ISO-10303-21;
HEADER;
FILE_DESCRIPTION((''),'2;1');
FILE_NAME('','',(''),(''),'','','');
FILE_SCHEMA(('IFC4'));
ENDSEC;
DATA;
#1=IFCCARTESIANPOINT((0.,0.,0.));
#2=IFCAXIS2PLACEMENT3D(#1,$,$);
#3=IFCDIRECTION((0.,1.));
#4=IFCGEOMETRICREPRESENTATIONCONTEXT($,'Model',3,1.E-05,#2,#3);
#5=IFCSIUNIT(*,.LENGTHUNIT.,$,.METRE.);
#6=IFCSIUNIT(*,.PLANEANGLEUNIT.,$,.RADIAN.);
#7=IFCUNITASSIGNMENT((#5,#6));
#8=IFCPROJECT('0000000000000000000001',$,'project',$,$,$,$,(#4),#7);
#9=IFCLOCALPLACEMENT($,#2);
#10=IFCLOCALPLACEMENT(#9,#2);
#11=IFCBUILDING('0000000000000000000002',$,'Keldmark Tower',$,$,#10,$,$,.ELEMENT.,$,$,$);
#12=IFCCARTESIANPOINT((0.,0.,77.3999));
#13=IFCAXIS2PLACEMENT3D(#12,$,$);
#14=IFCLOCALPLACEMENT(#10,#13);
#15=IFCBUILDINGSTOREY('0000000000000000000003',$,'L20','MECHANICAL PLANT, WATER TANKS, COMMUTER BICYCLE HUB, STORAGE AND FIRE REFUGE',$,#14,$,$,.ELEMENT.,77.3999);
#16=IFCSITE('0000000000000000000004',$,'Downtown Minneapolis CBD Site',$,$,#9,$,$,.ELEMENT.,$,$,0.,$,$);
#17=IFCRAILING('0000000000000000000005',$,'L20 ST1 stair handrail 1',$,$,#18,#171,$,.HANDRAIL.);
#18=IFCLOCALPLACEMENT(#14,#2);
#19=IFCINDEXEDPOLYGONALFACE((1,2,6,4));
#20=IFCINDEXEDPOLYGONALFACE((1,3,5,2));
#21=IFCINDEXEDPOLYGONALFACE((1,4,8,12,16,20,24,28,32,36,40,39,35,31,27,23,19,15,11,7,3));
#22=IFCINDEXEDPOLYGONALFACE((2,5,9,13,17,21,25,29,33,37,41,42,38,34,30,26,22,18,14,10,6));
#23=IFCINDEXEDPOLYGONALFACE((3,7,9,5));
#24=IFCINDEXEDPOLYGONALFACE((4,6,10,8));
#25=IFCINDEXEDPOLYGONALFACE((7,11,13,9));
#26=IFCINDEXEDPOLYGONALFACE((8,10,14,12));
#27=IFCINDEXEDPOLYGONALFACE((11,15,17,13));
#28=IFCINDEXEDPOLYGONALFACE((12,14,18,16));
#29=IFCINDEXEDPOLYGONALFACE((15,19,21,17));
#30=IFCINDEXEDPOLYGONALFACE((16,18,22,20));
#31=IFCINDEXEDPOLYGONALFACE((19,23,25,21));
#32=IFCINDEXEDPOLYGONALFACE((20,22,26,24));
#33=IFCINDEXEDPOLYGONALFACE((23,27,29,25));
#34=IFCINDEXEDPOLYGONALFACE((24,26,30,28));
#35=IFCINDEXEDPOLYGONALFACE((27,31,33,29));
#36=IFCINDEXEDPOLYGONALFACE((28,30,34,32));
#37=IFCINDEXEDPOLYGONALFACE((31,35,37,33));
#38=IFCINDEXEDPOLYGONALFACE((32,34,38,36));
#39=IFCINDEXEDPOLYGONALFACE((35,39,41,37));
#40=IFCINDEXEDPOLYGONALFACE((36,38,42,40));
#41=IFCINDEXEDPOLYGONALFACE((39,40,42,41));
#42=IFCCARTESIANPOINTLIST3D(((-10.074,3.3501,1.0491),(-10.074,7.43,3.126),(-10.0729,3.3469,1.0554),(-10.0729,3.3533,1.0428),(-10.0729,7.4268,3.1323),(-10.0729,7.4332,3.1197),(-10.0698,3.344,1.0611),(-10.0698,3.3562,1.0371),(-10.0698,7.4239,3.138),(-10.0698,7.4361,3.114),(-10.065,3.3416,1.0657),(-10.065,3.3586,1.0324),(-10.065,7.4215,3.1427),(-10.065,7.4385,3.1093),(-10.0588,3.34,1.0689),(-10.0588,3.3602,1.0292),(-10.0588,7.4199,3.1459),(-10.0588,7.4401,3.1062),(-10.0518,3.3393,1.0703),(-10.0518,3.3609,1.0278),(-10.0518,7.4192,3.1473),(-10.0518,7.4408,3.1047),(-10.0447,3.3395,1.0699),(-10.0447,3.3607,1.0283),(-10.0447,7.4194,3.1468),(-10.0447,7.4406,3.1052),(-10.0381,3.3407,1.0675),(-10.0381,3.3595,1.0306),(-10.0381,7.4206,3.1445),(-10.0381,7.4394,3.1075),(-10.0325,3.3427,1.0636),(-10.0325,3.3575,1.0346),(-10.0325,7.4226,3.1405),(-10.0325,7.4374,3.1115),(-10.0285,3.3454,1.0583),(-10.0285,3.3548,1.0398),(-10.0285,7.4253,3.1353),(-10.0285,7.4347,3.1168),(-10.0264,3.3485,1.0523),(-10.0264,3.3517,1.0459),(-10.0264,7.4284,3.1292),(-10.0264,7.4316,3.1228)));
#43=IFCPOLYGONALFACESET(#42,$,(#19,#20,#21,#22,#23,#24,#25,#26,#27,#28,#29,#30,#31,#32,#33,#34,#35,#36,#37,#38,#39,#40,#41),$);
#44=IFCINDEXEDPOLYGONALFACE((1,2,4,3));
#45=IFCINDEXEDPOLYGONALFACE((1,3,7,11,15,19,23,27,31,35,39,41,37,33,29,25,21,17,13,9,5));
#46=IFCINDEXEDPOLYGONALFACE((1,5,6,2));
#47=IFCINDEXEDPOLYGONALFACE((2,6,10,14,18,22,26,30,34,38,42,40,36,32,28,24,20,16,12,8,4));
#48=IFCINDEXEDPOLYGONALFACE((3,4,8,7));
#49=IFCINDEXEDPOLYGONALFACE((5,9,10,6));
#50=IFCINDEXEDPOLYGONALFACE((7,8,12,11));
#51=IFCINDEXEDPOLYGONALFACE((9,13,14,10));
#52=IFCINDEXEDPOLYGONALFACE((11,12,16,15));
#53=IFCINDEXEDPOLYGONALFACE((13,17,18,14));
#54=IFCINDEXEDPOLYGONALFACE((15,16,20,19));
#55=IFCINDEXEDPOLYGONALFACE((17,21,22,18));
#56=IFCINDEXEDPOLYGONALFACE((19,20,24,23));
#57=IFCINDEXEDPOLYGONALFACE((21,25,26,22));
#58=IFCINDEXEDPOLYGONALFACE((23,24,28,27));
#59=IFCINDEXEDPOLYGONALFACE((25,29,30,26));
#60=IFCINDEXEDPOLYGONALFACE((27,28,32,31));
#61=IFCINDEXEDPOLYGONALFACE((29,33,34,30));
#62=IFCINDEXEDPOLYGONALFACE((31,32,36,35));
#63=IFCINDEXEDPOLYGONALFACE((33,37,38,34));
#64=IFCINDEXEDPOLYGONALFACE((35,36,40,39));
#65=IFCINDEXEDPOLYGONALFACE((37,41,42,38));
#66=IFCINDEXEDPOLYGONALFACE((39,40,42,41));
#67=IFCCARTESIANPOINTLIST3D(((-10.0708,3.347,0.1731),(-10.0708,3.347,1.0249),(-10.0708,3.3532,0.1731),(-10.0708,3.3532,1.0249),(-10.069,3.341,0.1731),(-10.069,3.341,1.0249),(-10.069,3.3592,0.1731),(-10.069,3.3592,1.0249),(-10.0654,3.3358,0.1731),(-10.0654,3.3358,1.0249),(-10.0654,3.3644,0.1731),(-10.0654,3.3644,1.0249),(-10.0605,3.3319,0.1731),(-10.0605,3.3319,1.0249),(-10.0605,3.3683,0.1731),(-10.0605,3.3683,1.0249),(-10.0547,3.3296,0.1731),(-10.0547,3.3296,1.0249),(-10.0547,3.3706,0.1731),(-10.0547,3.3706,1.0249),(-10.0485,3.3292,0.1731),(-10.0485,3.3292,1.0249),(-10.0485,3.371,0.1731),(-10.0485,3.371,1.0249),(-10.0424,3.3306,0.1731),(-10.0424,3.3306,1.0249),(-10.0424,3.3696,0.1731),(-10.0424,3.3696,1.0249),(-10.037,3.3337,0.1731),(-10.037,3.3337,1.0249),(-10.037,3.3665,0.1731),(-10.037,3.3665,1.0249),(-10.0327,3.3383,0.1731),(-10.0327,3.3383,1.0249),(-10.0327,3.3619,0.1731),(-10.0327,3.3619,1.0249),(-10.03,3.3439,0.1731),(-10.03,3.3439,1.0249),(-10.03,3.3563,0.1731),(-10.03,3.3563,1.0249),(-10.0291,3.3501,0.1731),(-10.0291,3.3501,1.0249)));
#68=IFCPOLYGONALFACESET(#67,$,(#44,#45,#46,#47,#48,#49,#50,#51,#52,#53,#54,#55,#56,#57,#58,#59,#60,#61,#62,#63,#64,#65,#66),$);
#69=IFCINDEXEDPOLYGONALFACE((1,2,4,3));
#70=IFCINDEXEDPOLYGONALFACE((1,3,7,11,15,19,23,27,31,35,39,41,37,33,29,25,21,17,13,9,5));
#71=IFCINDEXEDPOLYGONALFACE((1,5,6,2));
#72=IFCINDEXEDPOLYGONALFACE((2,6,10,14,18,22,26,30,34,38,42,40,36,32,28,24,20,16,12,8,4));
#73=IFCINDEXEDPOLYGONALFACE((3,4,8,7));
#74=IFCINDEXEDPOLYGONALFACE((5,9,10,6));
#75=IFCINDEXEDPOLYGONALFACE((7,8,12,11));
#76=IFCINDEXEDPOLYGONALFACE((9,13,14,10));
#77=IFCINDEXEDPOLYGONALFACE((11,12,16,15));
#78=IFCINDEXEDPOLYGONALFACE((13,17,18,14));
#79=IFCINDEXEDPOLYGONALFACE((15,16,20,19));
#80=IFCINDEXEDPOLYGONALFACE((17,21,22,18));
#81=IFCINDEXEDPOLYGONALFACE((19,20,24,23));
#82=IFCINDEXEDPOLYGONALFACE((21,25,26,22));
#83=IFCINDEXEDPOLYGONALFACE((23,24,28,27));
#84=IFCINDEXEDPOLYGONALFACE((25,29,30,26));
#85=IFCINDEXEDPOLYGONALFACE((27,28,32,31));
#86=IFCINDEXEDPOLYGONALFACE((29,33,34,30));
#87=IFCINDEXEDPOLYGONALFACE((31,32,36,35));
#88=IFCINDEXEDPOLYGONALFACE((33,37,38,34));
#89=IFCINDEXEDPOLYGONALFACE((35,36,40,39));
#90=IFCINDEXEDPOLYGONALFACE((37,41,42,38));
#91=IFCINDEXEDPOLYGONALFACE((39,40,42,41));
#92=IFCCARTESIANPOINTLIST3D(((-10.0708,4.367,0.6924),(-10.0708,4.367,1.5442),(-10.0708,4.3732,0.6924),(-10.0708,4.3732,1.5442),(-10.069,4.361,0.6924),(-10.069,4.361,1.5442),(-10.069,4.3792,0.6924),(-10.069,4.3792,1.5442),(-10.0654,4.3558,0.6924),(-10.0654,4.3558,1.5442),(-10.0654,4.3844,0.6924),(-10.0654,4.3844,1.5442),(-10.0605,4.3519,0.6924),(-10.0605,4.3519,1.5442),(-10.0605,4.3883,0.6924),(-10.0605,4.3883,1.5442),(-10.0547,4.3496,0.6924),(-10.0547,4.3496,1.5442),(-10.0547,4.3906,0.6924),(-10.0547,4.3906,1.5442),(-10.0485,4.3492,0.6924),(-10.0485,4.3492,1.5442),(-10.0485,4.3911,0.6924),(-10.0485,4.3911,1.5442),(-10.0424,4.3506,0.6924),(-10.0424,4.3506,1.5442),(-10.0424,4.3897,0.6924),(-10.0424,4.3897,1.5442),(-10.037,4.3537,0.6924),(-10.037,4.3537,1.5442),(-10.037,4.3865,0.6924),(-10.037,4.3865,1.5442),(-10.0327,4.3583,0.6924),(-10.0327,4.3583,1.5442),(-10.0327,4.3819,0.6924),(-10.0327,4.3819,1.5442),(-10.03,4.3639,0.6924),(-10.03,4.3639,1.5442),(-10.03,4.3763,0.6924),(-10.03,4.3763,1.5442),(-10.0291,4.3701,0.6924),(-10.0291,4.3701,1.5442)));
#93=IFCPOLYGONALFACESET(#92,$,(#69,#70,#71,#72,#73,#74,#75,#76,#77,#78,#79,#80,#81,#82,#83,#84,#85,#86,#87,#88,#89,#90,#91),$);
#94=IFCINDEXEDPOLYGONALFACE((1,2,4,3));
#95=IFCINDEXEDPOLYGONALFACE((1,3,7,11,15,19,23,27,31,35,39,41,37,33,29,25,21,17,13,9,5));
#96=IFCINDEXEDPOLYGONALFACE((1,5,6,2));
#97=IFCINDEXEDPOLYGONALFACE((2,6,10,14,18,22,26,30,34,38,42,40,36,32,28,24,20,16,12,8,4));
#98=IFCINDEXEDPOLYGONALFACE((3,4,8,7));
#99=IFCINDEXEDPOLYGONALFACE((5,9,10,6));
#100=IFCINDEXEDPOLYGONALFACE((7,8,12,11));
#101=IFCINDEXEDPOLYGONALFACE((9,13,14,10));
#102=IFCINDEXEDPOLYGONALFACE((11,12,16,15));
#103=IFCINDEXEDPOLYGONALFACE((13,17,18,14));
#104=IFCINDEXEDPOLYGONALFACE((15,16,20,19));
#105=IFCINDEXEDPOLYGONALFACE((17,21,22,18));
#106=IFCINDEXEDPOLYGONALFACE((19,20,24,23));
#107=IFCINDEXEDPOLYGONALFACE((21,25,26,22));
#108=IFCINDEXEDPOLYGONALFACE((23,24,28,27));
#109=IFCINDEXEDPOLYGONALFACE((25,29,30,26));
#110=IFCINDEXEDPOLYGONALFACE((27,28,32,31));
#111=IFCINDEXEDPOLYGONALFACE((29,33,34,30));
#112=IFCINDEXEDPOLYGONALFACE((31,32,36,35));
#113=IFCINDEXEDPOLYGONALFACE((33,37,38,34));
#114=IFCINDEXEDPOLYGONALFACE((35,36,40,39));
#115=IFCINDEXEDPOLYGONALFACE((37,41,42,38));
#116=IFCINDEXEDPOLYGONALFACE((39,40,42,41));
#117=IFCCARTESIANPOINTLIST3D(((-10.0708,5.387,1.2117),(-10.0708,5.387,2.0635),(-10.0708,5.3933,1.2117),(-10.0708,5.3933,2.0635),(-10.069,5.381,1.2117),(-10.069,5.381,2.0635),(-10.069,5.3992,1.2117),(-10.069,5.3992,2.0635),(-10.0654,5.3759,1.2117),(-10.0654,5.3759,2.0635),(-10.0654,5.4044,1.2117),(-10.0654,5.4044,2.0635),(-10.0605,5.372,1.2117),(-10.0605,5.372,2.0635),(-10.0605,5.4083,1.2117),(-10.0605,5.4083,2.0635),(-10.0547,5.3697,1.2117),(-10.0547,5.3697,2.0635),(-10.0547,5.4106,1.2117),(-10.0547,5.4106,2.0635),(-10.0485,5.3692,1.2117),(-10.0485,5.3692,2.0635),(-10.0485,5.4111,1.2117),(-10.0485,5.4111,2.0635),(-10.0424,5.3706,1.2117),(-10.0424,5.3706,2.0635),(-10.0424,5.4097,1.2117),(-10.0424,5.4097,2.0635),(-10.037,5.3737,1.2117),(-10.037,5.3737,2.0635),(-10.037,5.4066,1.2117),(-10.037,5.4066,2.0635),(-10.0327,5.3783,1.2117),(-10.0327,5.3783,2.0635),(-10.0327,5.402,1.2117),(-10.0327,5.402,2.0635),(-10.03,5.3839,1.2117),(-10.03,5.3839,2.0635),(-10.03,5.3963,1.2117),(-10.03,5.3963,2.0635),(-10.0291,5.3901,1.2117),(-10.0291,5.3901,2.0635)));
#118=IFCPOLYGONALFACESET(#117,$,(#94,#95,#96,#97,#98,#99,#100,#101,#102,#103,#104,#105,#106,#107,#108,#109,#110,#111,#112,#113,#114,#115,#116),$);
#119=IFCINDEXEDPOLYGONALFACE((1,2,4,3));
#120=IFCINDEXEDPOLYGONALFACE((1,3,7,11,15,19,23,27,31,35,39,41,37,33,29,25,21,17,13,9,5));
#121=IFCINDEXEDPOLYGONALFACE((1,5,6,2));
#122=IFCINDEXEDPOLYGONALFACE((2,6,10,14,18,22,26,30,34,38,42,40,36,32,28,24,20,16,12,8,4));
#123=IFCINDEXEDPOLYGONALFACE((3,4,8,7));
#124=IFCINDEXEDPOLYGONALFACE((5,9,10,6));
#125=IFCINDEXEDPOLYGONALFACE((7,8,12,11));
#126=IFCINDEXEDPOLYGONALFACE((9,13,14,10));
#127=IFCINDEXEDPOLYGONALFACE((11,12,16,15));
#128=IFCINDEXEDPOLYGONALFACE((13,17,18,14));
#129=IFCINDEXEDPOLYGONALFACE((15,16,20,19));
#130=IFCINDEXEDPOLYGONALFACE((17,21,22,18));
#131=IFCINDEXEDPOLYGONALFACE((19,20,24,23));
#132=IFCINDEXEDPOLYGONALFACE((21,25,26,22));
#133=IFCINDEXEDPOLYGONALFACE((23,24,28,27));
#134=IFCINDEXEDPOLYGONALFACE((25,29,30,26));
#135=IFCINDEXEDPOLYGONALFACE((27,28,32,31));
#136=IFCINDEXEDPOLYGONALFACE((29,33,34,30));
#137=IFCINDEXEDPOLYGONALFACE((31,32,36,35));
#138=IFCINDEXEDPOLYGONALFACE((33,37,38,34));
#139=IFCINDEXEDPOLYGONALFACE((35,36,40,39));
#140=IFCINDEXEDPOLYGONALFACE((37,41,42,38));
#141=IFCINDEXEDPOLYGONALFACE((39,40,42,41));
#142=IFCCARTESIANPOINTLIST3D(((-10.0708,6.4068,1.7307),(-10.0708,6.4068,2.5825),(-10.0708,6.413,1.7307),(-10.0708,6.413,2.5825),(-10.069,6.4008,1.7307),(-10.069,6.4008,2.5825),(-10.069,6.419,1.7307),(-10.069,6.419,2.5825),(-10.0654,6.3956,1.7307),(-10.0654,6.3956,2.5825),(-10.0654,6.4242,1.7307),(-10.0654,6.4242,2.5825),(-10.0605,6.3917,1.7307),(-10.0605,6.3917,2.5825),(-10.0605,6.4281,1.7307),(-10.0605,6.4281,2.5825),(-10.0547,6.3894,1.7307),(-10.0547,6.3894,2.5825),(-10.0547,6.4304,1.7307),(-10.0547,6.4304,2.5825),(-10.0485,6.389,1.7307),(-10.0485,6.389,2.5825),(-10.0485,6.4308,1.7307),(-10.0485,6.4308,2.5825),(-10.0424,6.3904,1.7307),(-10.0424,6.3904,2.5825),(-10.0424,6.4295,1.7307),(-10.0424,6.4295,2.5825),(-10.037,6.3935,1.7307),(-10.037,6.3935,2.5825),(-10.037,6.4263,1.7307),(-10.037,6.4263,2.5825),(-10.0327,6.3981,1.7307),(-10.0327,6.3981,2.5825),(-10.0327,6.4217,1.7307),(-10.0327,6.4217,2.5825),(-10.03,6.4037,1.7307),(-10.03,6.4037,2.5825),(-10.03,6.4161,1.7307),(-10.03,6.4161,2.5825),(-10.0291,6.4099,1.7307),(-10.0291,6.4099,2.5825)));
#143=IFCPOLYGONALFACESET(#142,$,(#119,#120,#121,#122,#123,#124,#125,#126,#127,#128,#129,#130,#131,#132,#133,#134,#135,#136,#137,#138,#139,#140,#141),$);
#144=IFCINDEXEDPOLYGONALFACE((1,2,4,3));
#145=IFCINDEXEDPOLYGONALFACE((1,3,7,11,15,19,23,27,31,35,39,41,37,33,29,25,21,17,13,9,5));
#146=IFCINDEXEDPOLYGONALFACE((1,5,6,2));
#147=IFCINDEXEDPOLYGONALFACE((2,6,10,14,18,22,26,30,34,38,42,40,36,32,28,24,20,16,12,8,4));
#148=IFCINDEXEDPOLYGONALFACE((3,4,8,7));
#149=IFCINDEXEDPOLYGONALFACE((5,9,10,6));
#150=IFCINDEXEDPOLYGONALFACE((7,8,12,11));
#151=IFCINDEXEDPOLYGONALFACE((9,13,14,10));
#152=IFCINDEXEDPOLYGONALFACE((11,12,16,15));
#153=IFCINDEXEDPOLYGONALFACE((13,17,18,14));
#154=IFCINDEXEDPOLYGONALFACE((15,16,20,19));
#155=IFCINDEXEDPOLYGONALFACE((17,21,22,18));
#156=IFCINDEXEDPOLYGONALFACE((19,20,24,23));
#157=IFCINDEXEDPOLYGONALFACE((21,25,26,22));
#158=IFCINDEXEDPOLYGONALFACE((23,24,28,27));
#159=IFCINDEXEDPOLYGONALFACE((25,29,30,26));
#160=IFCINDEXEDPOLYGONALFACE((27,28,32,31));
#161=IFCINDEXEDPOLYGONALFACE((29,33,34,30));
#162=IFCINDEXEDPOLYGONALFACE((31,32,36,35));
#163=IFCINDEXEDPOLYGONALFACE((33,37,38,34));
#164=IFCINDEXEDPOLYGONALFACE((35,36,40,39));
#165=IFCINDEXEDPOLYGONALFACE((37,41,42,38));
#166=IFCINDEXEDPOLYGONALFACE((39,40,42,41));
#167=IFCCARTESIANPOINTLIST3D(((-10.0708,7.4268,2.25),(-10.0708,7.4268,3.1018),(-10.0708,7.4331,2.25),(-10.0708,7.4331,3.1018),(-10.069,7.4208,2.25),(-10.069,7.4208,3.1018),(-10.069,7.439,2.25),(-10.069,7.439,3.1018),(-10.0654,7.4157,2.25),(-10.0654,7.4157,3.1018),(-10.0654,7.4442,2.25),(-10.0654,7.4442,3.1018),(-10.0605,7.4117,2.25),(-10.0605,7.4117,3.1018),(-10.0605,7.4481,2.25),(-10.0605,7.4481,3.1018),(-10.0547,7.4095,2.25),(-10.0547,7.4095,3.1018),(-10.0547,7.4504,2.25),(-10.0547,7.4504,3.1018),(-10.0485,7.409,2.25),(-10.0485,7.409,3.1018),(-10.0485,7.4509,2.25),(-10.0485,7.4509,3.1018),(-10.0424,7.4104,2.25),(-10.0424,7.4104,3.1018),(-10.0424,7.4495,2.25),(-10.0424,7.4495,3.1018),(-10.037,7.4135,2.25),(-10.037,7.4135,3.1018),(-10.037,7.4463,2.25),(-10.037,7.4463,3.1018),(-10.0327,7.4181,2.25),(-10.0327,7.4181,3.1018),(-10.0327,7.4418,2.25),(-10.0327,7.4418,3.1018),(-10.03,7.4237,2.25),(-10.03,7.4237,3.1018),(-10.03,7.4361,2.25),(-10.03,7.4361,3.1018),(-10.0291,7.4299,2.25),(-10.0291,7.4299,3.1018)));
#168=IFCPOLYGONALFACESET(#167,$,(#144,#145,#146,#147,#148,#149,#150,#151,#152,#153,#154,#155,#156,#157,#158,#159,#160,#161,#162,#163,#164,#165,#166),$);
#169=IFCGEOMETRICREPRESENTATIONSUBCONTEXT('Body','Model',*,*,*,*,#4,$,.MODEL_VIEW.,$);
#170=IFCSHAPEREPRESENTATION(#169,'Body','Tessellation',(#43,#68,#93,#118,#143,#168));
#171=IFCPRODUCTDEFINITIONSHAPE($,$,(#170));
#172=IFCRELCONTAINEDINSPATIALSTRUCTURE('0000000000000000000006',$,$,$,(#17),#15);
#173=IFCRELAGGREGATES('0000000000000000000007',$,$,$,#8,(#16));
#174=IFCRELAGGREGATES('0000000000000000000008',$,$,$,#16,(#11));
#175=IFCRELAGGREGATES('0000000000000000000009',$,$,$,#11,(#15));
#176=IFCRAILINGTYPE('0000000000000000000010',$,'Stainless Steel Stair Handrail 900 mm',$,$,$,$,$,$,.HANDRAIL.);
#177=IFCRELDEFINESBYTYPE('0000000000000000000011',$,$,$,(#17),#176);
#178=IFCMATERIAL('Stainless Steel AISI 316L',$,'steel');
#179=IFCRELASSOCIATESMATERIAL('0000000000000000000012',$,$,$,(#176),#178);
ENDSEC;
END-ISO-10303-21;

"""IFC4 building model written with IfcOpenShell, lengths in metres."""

from ifc_helpers import new_model, si_unit, direction, frame, origin, origin_2d, place, context, subcontext, project, spatial, circle, extrude, material, type_object, element, save


model = new_model("IFC4")

# Units and contexts
model_context = context("Model", 3, precision=1e-05, world=origin(), true_north=direction((0.0, 1.0)))
body_context = subcontext(model_context, "Body", "Model", "MODEL_VIEW")
ifc_project = project(units=[si_unit("LENGTHUNIT", "METRE"), si_unit("PLANEANGLEUNIT", "RADIAN")], contexts=[model_context])

# Site, building, storey
site_placement = place(None, origin())
site = spatial("IfcSite", under=ifc_project, at=site_placement, Name="Downtown Minneapolis CBD Site", CompositionType="ELEMENT", RefElevation=0.0)
building_placement = place(site_placement, origin())
building = spatial("IfcBuilding", under=site, at=building_placement, Name="Keldmark Tower", CompositionType="ELEMENT")
storey_placement = place(building_placement, frame((0.0, 0.0, 77.3999)))
storey = spatial("IfcBuildingStorey", under=building, at=storey_placement, Name="L20", Description="MECHANICAL PLANT, WATER TANKS, COMMUTER BICYCLE HUB, STORAGE AND FIRE REFUGE", CompositionType="ELEMENT", Elevation=77.3999)

# Railing
ifc_material_1 = material(Name="Stainless Steel AISI 316L", Category="steel")
railing_type_1 = type_object("IfcRailingType", Name="Stainless Steel Stair Handrail 900 mm", PredefinedType="HANDRAIL", material=ifc_material_1)
railing_1_placement = place(storey_placement, frame((-10.05, 3.3501, 0.1731)))
element("IfcRailing", 1, at=railing_1_placement, inside=storey, type_object=railing_type_1, Name="L20 ST1 stair handrail 1", PredefinedType="HANDRAIL", context=body_context, shape_type="SweptSolid", body=[
    extrude(circle(Radius=0.0239, at=origin_2d()), frame((0.0, 0.0, 0.876), z_axis=(0.0, 0.891172, 0.453665), x_axis=(-1.0, 0.0, 0.0)), (0.0, 0.0, 1.0), 4.5781),
    extrude(circle(Radius=0.021, at=origin_2d()), origin(), (0.0, 0.0, 1.0), 0.8518),
    extrude(circle(Radius=0.021, at=origin_2d()), frame((0.0, 1.02, 0.5193)), (0.0, 0.0, 1.0), 0.8518),
    extrude(circle(Radius=0.021, at=origin_2d()), frame((0.0, 2.04, 1.0386)), (0.0, 0.0, 1.0), 0.8518),
    extrude(circle(Radius=0.021, at=origin_2d()), frame((0.0, 3.0598, 1.5576)), (0.0, 0.0, 1.0), 0.8518),
    extrude(circle(Radius=0.021, at=origin_2d()), frame((0.0, 4.0798, 2.0769)), (0.0, 0.0, 1.0), 0.8518),
])

save(model, "model.ifc")
